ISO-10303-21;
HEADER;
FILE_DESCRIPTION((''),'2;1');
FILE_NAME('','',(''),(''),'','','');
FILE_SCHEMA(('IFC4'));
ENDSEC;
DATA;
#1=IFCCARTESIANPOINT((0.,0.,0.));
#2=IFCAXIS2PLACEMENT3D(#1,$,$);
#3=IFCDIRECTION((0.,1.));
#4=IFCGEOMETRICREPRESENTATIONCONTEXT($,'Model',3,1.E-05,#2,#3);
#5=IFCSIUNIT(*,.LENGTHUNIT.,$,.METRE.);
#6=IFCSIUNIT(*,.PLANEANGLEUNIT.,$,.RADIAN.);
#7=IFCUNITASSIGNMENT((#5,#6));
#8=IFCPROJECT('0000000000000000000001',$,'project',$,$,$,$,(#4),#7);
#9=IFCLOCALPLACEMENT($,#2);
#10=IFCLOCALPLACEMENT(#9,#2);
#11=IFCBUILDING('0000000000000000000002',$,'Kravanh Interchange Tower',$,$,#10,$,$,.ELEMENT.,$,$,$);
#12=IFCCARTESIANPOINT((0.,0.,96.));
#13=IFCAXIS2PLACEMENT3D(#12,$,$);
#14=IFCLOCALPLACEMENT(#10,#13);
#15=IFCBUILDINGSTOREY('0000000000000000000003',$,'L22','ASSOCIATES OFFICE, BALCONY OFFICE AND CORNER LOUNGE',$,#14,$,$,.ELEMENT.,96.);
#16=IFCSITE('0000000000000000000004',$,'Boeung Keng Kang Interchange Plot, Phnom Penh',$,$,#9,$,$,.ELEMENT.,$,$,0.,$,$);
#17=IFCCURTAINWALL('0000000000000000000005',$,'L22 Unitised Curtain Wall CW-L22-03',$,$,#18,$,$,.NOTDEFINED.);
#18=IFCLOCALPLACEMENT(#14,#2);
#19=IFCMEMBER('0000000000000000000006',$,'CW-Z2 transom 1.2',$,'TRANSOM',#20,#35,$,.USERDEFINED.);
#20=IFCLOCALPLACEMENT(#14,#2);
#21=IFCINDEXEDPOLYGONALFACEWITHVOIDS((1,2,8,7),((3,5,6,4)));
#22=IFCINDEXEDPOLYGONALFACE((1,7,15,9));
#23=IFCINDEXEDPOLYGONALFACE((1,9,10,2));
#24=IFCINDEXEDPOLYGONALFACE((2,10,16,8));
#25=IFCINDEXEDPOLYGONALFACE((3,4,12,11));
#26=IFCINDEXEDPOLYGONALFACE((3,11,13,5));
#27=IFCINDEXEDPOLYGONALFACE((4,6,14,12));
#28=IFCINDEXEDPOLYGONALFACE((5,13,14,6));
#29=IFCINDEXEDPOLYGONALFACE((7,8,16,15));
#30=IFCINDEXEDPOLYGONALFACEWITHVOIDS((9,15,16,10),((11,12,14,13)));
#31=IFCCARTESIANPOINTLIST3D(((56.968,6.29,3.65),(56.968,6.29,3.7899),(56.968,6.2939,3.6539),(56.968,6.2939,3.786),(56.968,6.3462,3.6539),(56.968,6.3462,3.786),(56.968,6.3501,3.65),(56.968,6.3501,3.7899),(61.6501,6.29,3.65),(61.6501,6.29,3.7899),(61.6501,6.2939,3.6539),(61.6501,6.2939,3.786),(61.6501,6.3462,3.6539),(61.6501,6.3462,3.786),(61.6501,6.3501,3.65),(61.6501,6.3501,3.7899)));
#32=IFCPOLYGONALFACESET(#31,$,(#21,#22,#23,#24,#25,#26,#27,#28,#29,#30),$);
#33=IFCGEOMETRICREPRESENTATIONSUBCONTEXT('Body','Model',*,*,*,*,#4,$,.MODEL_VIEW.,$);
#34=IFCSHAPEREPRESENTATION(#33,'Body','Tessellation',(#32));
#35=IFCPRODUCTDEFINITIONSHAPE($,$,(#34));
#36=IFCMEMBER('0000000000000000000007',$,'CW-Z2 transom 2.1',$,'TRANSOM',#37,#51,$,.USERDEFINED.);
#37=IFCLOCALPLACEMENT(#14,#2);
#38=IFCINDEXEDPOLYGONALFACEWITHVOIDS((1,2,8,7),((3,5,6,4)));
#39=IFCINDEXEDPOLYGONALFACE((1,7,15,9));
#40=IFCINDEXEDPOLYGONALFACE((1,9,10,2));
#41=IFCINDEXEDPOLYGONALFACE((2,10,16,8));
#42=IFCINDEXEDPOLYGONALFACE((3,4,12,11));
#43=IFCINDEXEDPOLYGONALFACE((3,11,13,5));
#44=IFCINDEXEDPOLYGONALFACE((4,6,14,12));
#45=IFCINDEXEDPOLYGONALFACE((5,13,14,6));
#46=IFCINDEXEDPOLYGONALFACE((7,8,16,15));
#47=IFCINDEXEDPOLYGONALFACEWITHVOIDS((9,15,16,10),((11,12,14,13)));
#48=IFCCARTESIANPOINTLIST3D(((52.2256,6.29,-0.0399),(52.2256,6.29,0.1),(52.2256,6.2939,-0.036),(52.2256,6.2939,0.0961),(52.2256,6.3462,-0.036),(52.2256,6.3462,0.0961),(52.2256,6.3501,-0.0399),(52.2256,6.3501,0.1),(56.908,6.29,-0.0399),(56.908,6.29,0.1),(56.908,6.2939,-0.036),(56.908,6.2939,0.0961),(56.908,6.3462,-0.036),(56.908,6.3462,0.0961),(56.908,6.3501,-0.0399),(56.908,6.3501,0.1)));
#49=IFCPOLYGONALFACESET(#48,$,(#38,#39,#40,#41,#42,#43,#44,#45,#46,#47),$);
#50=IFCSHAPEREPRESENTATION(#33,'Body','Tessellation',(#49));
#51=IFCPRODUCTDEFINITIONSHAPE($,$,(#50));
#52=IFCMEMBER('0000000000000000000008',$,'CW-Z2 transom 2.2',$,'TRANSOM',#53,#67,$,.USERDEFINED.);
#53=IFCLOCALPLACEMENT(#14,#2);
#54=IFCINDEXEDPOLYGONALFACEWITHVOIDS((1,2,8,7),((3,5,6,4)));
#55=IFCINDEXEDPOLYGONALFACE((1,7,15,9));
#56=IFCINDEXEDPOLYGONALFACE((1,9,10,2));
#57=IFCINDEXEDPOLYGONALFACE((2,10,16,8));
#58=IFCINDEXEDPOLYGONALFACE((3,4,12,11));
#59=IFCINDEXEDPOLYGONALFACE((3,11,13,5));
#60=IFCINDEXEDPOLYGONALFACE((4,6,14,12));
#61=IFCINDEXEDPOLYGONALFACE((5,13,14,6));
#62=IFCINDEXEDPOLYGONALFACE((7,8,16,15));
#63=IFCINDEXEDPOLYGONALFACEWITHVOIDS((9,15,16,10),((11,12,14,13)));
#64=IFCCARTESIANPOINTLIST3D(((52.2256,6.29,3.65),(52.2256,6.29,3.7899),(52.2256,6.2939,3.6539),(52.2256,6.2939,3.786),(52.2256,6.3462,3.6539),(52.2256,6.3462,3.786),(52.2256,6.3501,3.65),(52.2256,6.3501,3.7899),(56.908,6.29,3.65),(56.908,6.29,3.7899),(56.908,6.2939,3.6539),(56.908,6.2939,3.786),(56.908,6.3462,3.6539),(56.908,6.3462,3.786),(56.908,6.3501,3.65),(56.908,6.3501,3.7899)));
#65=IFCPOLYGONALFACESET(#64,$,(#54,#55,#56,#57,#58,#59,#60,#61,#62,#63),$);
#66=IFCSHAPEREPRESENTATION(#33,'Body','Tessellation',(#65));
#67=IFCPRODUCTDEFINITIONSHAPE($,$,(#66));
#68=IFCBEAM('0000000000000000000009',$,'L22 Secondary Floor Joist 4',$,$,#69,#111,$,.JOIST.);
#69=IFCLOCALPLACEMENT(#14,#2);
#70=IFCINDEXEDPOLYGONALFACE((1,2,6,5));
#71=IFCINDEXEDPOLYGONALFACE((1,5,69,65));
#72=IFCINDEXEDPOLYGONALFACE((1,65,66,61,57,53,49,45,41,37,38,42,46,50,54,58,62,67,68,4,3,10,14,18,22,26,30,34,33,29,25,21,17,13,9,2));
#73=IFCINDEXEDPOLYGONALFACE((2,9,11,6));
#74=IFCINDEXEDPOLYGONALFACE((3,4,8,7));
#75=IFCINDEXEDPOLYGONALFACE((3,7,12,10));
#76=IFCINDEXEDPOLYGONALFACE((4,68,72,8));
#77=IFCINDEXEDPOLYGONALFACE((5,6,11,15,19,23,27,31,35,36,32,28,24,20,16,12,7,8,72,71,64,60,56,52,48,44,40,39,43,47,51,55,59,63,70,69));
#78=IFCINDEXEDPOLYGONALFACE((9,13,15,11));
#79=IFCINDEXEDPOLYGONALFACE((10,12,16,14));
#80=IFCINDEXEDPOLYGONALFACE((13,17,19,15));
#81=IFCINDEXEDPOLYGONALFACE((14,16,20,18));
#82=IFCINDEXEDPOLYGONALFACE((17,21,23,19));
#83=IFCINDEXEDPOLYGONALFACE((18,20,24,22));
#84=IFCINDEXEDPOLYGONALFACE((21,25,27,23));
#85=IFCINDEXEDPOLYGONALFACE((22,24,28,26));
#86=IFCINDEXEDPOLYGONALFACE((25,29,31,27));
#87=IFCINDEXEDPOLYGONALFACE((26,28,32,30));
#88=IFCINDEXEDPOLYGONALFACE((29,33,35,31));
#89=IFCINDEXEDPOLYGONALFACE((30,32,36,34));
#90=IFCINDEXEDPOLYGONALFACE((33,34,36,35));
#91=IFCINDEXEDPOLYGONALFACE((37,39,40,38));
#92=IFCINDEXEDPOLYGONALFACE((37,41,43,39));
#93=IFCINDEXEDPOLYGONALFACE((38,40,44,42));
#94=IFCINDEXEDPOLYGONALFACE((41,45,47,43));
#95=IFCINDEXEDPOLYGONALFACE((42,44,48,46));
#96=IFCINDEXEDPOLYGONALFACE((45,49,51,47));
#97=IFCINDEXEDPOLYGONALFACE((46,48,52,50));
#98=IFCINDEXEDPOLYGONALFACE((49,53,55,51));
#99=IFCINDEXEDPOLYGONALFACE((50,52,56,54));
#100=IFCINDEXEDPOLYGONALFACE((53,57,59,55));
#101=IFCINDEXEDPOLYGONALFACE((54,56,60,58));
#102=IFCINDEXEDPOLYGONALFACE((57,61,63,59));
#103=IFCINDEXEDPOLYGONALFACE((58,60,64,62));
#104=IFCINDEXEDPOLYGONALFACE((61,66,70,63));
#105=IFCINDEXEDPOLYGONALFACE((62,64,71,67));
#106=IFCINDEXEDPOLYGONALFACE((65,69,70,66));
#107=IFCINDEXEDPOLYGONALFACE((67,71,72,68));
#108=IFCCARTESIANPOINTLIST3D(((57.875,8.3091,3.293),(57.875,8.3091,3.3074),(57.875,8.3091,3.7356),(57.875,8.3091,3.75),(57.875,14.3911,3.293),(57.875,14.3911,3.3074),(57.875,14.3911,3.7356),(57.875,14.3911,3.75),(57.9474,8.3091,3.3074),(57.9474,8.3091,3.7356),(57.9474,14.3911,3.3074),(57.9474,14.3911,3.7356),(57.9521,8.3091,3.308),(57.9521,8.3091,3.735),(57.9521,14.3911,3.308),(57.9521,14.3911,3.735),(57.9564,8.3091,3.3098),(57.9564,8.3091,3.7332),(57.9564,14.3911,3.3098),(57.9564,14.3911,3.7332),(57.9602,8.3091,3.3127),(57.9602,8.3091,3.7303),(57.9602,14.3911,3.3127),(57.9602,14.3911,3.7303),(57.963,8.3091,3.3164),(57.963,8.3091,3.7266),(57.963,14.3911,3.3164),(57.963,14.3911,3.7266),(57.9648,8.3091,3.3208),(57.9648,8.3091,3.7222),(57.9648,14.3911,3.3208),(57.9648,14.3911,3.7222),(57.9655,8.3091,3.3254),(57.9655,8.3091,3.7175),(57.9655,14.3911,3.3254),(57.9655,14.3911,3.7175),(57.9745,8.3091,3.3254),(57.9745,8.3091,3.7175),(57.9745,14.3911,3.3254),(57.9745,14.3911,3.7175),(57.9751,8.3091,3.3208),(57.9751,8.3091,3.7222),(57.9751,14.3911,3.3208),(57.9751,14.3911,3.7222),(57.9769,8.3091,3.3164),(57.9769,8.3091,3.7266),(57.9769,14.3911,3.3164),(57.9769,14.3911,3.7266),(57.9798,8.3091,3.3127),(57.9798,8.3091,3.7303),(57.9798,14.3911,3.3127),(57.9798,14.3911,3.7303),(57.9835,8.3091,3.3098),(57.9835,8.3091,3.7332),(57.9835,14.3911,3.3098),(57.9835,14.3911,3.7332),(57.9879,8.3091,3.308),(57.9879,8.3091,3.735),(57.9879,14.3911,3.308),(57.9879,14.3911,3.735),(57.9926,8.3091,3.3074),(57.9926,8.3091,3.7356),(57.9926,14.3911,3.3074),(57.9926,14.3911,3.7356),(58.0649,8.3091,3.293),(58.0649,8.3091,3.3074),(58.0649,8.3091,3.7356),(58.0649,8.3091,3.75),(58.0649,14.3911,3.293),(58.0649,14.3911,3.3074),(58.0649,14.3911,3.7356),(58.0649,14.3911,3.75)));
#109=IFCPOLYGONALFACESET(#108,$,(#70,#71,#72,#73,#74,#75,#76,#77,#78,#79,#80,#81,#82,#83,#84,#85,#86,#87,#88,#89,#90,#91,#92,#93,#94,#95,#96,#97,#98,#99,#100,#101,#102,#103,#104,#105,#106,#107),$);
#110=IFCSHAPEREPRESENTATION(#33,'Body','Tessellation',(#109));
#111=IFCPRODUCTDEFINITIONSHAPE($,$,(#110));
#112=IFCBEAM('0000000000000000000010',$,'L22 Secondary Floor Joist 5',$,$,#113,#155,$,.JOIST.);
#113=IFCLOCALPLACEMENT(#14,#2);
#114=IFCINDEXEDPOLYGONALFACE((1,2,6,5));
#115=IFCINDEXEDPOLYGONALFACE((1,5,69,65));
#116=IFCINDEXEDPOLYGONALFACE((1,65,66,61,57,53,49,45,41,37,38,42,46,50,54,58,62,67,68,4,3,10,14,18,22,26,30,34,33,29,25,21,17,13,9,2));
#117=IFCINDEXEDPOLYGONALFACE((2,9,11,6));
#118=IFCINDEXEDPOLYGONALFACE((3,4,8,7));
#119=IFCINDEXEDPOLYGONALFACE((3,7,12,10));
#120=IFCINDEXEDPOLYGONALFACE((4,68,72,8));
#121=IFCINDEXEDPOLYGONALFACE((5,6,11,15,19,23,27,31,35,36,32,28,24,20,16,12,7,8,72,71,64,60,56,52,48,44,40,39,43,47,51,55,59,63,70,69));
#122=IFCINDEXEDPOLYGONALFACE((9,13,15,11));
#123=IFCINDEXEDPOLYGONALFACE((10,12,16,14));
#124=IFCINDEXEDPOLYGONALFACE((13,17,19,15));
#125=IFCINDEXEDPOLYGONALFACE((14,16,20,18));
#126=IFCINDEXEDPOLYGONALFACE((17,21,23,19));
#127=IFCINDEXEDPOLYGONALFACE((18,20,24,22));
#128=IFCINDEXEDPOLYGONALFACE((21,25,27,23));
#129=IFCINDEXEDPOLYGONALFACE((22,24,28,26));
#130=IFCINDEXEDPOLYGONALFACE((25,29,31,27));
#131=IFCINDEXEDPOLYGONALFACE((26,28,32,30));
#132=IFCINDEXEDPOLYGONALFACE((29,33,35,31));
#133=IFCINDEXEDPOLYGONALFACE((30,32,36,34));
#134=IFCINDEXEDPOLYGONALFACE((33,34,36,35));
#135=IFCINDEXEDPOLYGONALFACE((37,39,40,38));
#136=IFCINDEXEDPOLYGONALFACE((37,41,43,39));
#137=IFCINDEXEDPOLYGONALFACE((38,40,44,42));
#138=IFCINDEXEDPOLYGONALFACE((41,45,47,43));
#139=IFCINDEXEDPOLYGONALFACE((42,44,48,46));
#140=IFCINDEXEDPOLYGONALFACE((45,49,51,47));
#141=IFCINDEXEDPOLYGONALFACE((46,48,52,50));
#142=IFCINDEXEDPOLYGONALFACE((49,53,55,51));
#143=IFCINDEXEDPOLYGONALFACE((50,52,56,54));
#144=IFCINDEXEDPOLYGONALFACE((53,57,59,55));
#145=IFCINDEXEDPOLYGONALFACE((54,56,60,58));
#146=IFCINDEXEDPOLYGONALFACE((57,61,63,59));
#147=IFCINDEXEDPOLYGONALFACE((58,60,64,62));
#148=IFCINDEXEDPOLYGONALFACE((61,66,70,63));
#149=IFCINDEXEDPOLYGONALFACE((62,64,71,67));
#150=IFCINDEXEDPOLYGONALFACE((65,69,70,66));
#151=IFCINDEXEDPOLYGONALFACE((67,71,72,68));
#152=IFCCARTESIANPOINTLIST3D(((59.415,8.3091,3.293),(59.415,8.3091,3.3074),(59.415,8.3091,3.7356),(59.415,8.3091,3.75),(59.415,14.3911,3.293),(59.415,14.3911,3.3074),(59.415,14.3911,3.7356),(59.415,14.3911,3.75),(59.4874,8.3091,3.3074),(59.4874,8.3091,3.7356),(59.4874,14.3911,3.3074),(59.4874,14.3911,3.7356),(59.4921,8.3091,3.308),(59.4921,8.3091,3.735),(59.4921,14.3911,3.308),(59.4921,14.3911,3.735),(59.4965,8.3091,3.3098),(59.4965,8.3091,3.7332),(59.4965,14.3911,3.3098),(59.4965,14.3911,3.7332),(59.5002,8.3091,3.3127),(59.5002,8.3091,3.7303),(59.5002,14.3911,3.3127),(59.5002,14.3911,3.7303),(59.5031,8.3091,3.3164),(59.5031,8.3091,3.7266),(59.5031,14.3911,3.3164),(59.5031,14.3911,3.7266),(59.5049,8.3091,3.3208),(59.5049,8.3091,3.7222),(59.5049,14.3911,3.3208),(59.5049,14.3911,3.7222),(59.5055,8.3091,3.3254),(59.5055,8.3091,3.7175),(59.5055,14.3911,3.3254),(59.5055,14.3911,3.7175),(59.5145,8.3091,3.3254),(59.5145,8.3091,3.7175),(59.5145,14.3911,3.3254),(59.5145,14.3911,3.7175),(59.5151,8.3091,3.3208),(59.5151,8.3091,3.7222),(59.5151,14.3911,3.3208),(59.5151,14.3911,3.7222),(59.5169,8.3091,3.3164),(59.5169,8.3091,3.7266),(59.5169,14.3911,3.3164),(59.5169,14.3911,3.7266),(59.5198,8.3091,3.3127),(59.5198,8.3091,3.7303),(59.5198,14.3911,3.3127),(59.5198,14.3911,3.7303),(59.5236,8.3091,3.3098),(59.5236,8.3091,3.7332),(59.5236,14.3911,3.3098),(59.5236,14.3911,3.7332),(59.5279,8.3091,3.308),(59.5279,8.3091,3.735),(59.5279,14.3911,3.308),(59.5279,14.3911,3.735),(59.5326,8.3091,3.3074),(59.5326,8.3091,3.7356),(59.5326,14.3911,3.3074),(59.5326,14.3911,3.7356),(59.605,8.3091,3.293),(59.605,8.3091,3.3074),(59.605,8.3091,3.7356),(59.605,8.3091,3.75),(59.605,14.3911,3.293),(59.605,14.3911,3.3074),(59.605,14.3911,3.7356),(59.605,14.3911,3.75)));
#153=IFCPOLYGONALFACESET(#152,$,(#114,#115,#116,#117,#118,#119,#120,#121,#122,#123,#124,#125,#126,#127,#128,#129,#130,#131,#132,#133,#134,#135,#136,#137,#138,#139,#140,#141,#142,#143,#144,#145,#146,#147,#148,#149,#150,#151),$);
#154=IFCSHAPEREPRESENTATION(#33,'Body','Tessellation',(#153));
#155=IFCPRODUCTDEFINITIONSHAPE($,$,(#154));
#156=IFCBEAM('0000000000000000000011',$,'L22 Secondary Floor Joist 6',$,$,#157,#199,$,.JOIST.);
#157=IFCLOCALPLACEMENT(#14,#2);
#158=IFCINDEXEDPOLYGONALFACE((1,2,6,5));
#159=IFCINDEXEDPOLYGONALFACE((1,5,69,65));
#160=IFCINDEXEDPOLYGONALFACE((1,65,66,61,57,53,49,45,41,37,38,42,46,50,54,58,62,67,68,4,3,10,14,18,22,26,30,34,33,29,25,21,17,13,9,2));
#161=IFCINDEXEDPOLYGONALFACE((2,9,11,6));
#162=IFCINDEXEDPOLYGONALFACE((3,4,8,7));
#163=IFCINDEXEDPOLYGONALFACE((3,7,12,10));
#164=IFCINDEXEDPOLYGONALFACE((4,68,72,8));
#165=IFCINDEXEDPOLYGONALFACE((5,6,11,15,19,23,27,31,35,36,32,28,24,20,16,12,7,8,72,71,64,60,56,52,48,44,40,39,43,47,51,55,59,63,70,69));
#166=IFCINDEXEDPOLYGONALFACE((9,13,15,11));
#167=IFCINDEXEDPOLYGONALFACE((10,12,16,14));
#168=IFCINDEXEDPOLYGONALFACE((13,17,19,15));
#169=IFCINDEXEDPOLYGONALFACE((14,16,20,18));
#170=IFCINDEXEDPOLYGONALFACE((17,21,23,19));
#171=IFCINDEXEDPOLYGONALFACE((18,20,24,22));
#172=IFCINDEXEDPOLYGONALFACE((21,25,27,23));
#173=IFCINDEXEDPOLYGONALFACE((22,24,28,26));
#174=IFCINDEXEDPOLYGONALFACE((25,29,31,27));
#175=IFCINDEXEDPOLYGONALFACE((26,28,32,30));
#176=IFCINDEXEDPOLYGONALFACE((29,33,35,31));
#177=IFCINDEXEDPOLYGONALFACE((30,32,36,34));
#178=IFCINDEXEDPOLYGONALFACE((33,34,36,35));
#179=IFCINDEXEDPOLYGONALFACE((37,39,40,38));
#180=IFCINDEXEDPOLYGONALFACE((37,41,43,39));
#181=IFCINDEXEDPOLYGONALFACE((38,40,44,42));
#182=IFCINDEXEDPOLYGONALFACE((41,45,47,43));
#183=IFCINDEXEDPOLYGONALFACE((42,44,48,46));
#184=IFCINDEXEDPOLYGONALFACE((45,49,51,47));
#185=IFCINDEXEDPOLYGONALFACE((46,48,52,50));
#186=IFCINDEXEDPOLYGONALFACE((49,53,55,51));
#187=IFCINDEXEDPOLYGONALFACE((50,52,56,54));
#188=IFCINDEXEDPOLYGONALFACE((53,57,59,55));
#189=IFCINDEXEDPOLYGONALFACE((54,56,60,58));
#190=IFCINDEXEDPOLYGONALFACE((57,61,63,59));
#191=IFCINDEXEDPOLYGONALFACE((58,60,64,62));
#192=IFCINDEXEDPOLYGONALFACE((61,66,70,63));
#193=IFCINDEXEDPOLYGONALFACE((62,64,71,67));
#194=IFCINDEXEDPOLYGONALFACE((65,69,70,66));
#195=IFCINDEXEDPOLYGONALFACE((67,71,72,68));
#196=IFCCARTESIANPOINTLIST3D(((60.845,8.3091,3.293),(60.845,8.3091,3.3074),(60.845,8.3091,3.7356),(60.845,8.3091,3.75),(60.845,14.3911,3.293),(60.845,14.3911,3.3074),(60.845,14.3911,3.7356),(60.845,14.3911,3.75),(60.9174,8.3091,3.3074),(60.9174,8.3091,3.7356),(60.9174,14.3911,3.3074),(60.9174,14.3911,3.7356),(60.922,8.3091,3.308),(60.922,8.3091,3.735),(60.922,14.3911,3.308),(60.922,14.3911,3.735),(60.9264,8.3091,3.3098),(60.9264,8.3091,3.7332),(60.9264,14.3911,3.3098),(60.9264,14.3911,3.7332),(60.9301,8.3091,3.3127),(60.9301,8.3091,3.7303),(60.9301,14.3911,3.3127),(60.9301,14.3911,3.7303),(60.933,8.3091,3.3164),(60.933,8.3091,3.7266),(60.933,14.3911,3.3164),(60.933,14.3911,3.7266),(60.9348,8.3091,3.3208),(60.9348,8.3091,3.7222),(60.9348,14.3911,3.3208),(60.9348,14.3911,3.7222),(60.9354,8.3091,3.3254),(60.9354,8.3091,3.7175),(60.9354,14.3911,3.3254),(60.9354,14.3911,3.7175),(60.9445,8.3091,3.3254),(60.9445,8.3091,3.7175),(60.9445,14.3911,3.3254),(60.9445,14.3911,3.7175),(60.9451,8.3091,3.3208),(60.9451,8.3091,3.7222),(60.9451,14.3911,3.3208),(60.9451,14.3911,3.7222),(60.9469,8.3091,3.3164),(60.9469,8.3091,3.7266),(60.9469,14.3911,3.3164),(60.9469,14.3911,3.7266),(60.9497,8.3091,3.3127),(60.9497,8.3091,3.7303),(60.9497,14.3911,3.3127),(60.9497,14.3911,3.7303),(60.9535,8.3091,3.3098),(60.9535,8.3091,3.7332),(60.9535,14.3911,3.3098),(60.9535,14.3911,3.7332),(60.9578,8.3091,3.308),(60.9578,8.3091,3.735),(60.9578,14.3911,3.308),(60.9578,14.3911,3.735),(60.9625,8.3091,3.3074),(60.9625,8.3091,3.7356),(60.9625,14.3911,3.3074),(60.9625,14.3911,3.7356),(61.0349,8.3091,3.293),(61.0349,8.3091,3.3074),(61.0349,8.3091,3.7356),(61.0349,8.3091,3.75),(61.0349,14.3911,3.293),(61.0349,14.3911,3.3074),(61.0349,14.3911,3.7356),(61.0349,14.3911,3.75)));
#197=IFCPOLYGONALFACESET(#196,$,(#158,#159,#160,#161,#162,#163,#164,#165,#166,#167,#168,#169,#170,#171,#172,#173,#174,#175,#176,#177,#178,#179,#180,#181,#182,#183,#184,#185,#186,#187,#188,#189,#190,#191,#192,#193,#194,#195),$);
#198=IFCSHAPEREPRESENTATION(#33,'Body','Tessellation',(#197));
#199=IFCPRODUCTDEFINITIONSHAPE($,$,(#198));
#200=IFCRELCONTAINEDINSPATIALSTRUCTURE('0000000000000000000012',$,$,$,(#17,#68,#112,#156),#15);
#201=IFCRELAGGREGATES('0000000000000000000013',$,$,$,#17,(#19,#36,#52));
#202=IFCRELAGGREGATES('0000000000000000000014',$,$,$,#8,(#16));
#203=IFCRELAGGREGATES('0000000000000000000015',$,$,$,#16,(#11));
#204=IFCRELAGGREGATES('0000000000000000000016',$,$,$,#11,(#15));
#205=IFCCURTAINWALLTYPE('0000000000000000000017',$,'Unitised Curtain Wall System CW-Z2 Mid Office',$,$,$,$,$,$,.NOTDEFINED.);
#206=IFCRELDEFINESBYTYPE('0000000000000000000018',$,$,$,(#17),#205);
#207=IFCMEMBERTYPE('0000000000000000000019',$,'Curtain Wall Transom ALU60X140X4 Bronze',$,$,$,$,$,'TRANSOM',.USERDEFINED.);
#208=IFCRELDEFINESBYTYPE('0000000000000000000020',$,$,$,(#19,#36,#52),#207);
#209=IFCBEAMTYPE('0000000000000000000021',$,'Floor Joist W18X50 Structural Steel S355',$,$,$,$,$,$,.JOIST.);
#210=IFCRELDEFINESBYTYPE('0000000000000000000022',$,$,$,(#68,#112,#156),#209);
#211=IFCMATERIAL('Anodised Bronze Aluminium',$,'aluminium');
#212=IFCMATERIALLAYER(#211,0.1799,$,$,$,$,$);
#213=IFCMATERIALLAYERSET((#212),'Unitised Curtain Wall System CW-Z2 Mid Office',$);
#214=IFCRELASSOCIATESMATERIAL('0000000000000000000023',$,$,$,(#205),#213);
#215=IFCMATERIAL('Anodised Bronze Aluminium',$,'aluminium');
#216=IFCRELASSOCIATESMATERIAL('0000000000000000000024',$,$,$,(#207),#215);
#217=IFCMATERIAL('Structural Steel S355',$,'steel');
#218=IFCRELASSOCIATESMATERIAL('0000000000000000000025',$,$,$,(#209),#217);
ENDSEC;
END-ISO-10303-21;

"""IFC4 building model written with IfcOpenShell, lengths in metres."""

from ifc_helpers import new_model, si_unit, direction, frame, origin, origin_2d, place, context, subcontext, project, spatial, hollow_rectangle, i_section, extrude, material, layer, layer_set, material_profile, profile_set, type_object, element, aggregate, save


model = new_model("IFC4")

# Units and contexts
model_context = context("Model", 3, precision=1e-05, world=origin(), true_north=direction((0.0, 1.0)))
body_context = subcontext(model_context, "Body", "Model", "MODEL_VIEW")
ifc_project = project(units=[si_unit("LENGTHUNIT", "METRE"), si_unit("PLANEANGLEUNIT", "RADIAN")], contexts=[model_context])

# Site, building, storey
site_placement = place(None, origin())
site = spatial("IfcSite", under=ifc_project, at=site_placement, Name="Boeung Keng Kang Interchange Plot, Phnom Penh", CompositionType="ELEMENT", RefElevation=0.0)
building_placement = place(site_placement, origin())
building = spatial("IfcBuilding", under=site, at=building_placement, Name="Kravanh Interchange Tower", CompositionType="ELEMENT")
storey_placement = place(building_placement, frame((0.0, 0.0, 96.0)))
storey = spatial("IfcBuildingStorey", under=building, at=storey_placement, Name="L22", Description="ASSOCIATES OFFICE, BALCONY OFFICE AND CORNER LOUNGE", CompositionType="ELEMENT", Elevation=96.0)

# Shared definitions
ifc_material_1 = material(Name="Anodised Bronze Aluminium", Category="aluminium")
ifc_layer_1 = layer(ifc_material_1, 0.1799)
ifc_layer_set_1 = layer_set([ifc_layer_1], Name="Unitised Curtain Wall System CW-Z2 Mid Office")
curtain_wall_type = type_object("IfcCurtainWallType", Name="Unitised Curtain Wall System CW-Z2 Mid Office", PredefinedType="NOTDEFINED", material=ifc_layer_set_1)

# Curtain wall
curtain_wall_1_placement = place(storey_placement, origin())
curtain_wall_1 = element("IfcCurtainWall", 1, at=curtain_wall_1_placement, inside=storey, type_object=curtain_wall_type, Name="L22 Unitised Curtain Wall CW-L22-03", PredefinedType="NOTDEFINED")

# Members
ifc_material_2 = material(Name="Anodised Bronze Aluminium", Category="aluminium")
ifc_material_profile_1 = material_profile(ifc_material_2, hollow_rectangle(XDim=0.0601, YDim=0.1399, WallThickness=0.0039, at=origin_2d()), Name="ALU60X140X4")
ifc_profile_set_1 = profile_set([ifc_material_profile_1], Name="Anodised Bronze Aluminium")
member_type_1 = type_object("IfcMemberType", Name="Curtain Wall Transom ALU60X140X4 Bronze", ElementType="TRANSOM", PredefinedType="USERDEFINED", material=ifc_profile_set_1)
member_1_placement = place(storey_placement, frame((61.6501, 6.3201, 3.72), z_axis=(-1.0, 0.0, 0.0), x_axis=(0.0, -1.0, 0.0)))
member_1 = element("IfcMember", 2, at=member_1_placement, type_object=member_type_1, Name="CW-Z2 transom 1.2", ObjectType="TRANSOM", PredefinedType="USERDEFINED", context=body_context, shape_type="SweptSolid", body=[
    extrude(hollow_rectangle(XDim=0.0601, YDim=0.1399, WallThickness=0.0039, at=origin_2d()), origin(), (0.0, 0.0, 1.0), 4.6821),
])
member_2_placement = place(storey_placement, frame((56.908, 6.3201, 0.03), z_axis=(-1.0, 0.0, 0.0), x_axis=(0.0, -1.0, 0.0)))
member_2 = element("IfcMember", 3, at=member_2_placement, type_object=member_type_1, Name="CW-Z2 transom 2.1", ObjectType="TRANSOM", PredefinedType="USERDEFINED", context=body_context, shape_type="SweptSolid", body=[
    extrude(hollow_rectangle(XDim=0.0601, YDim=0.1399, WallThickness=0.0039, at=origin_2d()), origin(), (0.0, 0.0, 1.0), 4.6824),
])
member_3_placement = place(storey_placement, frame((56.908, 6.3201, 3.72), z_axis=(-1.0, 0.0, 0.0), x_axis=(0.0, -1.0, 0.0)))
member_3 = element("IfcMember", 4, at=member_3_placement, type_object=member_type_1, Name="CW-Z2 transom 2.2", ObjectType="TRANSOM", PredefinedType="USERDEFINED", context=body_context, shape_type="SweptSolid", body=[
    extrude(hollow_rectangle(XDim=0.0601, YDim=0.1399, WallThickness=0.0039, at=origin_2d()), origin(), (0.0, 0.0, 1.0), 4.6824),
])

# Beams
ifc_material_3 = material(Name="Structural Steel S355", Category="steel")
ifc_material_profile_2 = material_profile(ifc_material_3, i_section(OverallWidth=0.1899, OverallDepth=0.457, WebThickness=0.009, FlangeThickness=0.0144, FilletRadius=0.0181, at=origin_2d()), Name="W18X50")
ifc_profile_set_2 = profile_set([ifc_material_profile_2], Name="Structural Steel S355")
beam_type_1 = type_object("IfcBeamType", Name="Floor Joist W18X50 Structural Steel S355", PredefinedType="JOIST", material=ifc_profile_set_2)
for number, where, z_axis, x_axis, name in (
    (5, (57.97, 8.3091, 3.5215), (0.0, 1.0, 0.0), (-1.0, 0.0, 0.0), "L22 Secondary Floor Joist 4"),
    (6, (59.51, 8.3091, 3.5215), (0.0, 1.0, 0.0), (-1.0, 0.0, 0.0), "L22 Secondary Floor Joist 5"),
    (7, (60.9399, 8.3091, 3.5215), (0.0, 1.0, 0.0), (-1.0, 0.0, 0.0), "L22 Secondary Floor Joist 6"),
):
    element("IfcBeam", number, at=place(storey_placement, frame(where, z_axis=z_axis, x_axis=x_axis)), inside=storey, type_object=beam_type_1, Name=name, PredefinedType="JOIST", context=body_context, shape_type="SweptSolid", body=[
        extrude(i_section(OverallWidth=0.1899, OverallDepth=0.457, WebThickness=0.009, FlangeThickness=0.0144, FilletRadius=0.0181, at=origin_2d()), origin(), (0.0, 0.0, 1.0), 6.082),
    ])

aggregate(curtain_wall_1, [member_1, member_2, member_3])

save(model, "model.ifc")
